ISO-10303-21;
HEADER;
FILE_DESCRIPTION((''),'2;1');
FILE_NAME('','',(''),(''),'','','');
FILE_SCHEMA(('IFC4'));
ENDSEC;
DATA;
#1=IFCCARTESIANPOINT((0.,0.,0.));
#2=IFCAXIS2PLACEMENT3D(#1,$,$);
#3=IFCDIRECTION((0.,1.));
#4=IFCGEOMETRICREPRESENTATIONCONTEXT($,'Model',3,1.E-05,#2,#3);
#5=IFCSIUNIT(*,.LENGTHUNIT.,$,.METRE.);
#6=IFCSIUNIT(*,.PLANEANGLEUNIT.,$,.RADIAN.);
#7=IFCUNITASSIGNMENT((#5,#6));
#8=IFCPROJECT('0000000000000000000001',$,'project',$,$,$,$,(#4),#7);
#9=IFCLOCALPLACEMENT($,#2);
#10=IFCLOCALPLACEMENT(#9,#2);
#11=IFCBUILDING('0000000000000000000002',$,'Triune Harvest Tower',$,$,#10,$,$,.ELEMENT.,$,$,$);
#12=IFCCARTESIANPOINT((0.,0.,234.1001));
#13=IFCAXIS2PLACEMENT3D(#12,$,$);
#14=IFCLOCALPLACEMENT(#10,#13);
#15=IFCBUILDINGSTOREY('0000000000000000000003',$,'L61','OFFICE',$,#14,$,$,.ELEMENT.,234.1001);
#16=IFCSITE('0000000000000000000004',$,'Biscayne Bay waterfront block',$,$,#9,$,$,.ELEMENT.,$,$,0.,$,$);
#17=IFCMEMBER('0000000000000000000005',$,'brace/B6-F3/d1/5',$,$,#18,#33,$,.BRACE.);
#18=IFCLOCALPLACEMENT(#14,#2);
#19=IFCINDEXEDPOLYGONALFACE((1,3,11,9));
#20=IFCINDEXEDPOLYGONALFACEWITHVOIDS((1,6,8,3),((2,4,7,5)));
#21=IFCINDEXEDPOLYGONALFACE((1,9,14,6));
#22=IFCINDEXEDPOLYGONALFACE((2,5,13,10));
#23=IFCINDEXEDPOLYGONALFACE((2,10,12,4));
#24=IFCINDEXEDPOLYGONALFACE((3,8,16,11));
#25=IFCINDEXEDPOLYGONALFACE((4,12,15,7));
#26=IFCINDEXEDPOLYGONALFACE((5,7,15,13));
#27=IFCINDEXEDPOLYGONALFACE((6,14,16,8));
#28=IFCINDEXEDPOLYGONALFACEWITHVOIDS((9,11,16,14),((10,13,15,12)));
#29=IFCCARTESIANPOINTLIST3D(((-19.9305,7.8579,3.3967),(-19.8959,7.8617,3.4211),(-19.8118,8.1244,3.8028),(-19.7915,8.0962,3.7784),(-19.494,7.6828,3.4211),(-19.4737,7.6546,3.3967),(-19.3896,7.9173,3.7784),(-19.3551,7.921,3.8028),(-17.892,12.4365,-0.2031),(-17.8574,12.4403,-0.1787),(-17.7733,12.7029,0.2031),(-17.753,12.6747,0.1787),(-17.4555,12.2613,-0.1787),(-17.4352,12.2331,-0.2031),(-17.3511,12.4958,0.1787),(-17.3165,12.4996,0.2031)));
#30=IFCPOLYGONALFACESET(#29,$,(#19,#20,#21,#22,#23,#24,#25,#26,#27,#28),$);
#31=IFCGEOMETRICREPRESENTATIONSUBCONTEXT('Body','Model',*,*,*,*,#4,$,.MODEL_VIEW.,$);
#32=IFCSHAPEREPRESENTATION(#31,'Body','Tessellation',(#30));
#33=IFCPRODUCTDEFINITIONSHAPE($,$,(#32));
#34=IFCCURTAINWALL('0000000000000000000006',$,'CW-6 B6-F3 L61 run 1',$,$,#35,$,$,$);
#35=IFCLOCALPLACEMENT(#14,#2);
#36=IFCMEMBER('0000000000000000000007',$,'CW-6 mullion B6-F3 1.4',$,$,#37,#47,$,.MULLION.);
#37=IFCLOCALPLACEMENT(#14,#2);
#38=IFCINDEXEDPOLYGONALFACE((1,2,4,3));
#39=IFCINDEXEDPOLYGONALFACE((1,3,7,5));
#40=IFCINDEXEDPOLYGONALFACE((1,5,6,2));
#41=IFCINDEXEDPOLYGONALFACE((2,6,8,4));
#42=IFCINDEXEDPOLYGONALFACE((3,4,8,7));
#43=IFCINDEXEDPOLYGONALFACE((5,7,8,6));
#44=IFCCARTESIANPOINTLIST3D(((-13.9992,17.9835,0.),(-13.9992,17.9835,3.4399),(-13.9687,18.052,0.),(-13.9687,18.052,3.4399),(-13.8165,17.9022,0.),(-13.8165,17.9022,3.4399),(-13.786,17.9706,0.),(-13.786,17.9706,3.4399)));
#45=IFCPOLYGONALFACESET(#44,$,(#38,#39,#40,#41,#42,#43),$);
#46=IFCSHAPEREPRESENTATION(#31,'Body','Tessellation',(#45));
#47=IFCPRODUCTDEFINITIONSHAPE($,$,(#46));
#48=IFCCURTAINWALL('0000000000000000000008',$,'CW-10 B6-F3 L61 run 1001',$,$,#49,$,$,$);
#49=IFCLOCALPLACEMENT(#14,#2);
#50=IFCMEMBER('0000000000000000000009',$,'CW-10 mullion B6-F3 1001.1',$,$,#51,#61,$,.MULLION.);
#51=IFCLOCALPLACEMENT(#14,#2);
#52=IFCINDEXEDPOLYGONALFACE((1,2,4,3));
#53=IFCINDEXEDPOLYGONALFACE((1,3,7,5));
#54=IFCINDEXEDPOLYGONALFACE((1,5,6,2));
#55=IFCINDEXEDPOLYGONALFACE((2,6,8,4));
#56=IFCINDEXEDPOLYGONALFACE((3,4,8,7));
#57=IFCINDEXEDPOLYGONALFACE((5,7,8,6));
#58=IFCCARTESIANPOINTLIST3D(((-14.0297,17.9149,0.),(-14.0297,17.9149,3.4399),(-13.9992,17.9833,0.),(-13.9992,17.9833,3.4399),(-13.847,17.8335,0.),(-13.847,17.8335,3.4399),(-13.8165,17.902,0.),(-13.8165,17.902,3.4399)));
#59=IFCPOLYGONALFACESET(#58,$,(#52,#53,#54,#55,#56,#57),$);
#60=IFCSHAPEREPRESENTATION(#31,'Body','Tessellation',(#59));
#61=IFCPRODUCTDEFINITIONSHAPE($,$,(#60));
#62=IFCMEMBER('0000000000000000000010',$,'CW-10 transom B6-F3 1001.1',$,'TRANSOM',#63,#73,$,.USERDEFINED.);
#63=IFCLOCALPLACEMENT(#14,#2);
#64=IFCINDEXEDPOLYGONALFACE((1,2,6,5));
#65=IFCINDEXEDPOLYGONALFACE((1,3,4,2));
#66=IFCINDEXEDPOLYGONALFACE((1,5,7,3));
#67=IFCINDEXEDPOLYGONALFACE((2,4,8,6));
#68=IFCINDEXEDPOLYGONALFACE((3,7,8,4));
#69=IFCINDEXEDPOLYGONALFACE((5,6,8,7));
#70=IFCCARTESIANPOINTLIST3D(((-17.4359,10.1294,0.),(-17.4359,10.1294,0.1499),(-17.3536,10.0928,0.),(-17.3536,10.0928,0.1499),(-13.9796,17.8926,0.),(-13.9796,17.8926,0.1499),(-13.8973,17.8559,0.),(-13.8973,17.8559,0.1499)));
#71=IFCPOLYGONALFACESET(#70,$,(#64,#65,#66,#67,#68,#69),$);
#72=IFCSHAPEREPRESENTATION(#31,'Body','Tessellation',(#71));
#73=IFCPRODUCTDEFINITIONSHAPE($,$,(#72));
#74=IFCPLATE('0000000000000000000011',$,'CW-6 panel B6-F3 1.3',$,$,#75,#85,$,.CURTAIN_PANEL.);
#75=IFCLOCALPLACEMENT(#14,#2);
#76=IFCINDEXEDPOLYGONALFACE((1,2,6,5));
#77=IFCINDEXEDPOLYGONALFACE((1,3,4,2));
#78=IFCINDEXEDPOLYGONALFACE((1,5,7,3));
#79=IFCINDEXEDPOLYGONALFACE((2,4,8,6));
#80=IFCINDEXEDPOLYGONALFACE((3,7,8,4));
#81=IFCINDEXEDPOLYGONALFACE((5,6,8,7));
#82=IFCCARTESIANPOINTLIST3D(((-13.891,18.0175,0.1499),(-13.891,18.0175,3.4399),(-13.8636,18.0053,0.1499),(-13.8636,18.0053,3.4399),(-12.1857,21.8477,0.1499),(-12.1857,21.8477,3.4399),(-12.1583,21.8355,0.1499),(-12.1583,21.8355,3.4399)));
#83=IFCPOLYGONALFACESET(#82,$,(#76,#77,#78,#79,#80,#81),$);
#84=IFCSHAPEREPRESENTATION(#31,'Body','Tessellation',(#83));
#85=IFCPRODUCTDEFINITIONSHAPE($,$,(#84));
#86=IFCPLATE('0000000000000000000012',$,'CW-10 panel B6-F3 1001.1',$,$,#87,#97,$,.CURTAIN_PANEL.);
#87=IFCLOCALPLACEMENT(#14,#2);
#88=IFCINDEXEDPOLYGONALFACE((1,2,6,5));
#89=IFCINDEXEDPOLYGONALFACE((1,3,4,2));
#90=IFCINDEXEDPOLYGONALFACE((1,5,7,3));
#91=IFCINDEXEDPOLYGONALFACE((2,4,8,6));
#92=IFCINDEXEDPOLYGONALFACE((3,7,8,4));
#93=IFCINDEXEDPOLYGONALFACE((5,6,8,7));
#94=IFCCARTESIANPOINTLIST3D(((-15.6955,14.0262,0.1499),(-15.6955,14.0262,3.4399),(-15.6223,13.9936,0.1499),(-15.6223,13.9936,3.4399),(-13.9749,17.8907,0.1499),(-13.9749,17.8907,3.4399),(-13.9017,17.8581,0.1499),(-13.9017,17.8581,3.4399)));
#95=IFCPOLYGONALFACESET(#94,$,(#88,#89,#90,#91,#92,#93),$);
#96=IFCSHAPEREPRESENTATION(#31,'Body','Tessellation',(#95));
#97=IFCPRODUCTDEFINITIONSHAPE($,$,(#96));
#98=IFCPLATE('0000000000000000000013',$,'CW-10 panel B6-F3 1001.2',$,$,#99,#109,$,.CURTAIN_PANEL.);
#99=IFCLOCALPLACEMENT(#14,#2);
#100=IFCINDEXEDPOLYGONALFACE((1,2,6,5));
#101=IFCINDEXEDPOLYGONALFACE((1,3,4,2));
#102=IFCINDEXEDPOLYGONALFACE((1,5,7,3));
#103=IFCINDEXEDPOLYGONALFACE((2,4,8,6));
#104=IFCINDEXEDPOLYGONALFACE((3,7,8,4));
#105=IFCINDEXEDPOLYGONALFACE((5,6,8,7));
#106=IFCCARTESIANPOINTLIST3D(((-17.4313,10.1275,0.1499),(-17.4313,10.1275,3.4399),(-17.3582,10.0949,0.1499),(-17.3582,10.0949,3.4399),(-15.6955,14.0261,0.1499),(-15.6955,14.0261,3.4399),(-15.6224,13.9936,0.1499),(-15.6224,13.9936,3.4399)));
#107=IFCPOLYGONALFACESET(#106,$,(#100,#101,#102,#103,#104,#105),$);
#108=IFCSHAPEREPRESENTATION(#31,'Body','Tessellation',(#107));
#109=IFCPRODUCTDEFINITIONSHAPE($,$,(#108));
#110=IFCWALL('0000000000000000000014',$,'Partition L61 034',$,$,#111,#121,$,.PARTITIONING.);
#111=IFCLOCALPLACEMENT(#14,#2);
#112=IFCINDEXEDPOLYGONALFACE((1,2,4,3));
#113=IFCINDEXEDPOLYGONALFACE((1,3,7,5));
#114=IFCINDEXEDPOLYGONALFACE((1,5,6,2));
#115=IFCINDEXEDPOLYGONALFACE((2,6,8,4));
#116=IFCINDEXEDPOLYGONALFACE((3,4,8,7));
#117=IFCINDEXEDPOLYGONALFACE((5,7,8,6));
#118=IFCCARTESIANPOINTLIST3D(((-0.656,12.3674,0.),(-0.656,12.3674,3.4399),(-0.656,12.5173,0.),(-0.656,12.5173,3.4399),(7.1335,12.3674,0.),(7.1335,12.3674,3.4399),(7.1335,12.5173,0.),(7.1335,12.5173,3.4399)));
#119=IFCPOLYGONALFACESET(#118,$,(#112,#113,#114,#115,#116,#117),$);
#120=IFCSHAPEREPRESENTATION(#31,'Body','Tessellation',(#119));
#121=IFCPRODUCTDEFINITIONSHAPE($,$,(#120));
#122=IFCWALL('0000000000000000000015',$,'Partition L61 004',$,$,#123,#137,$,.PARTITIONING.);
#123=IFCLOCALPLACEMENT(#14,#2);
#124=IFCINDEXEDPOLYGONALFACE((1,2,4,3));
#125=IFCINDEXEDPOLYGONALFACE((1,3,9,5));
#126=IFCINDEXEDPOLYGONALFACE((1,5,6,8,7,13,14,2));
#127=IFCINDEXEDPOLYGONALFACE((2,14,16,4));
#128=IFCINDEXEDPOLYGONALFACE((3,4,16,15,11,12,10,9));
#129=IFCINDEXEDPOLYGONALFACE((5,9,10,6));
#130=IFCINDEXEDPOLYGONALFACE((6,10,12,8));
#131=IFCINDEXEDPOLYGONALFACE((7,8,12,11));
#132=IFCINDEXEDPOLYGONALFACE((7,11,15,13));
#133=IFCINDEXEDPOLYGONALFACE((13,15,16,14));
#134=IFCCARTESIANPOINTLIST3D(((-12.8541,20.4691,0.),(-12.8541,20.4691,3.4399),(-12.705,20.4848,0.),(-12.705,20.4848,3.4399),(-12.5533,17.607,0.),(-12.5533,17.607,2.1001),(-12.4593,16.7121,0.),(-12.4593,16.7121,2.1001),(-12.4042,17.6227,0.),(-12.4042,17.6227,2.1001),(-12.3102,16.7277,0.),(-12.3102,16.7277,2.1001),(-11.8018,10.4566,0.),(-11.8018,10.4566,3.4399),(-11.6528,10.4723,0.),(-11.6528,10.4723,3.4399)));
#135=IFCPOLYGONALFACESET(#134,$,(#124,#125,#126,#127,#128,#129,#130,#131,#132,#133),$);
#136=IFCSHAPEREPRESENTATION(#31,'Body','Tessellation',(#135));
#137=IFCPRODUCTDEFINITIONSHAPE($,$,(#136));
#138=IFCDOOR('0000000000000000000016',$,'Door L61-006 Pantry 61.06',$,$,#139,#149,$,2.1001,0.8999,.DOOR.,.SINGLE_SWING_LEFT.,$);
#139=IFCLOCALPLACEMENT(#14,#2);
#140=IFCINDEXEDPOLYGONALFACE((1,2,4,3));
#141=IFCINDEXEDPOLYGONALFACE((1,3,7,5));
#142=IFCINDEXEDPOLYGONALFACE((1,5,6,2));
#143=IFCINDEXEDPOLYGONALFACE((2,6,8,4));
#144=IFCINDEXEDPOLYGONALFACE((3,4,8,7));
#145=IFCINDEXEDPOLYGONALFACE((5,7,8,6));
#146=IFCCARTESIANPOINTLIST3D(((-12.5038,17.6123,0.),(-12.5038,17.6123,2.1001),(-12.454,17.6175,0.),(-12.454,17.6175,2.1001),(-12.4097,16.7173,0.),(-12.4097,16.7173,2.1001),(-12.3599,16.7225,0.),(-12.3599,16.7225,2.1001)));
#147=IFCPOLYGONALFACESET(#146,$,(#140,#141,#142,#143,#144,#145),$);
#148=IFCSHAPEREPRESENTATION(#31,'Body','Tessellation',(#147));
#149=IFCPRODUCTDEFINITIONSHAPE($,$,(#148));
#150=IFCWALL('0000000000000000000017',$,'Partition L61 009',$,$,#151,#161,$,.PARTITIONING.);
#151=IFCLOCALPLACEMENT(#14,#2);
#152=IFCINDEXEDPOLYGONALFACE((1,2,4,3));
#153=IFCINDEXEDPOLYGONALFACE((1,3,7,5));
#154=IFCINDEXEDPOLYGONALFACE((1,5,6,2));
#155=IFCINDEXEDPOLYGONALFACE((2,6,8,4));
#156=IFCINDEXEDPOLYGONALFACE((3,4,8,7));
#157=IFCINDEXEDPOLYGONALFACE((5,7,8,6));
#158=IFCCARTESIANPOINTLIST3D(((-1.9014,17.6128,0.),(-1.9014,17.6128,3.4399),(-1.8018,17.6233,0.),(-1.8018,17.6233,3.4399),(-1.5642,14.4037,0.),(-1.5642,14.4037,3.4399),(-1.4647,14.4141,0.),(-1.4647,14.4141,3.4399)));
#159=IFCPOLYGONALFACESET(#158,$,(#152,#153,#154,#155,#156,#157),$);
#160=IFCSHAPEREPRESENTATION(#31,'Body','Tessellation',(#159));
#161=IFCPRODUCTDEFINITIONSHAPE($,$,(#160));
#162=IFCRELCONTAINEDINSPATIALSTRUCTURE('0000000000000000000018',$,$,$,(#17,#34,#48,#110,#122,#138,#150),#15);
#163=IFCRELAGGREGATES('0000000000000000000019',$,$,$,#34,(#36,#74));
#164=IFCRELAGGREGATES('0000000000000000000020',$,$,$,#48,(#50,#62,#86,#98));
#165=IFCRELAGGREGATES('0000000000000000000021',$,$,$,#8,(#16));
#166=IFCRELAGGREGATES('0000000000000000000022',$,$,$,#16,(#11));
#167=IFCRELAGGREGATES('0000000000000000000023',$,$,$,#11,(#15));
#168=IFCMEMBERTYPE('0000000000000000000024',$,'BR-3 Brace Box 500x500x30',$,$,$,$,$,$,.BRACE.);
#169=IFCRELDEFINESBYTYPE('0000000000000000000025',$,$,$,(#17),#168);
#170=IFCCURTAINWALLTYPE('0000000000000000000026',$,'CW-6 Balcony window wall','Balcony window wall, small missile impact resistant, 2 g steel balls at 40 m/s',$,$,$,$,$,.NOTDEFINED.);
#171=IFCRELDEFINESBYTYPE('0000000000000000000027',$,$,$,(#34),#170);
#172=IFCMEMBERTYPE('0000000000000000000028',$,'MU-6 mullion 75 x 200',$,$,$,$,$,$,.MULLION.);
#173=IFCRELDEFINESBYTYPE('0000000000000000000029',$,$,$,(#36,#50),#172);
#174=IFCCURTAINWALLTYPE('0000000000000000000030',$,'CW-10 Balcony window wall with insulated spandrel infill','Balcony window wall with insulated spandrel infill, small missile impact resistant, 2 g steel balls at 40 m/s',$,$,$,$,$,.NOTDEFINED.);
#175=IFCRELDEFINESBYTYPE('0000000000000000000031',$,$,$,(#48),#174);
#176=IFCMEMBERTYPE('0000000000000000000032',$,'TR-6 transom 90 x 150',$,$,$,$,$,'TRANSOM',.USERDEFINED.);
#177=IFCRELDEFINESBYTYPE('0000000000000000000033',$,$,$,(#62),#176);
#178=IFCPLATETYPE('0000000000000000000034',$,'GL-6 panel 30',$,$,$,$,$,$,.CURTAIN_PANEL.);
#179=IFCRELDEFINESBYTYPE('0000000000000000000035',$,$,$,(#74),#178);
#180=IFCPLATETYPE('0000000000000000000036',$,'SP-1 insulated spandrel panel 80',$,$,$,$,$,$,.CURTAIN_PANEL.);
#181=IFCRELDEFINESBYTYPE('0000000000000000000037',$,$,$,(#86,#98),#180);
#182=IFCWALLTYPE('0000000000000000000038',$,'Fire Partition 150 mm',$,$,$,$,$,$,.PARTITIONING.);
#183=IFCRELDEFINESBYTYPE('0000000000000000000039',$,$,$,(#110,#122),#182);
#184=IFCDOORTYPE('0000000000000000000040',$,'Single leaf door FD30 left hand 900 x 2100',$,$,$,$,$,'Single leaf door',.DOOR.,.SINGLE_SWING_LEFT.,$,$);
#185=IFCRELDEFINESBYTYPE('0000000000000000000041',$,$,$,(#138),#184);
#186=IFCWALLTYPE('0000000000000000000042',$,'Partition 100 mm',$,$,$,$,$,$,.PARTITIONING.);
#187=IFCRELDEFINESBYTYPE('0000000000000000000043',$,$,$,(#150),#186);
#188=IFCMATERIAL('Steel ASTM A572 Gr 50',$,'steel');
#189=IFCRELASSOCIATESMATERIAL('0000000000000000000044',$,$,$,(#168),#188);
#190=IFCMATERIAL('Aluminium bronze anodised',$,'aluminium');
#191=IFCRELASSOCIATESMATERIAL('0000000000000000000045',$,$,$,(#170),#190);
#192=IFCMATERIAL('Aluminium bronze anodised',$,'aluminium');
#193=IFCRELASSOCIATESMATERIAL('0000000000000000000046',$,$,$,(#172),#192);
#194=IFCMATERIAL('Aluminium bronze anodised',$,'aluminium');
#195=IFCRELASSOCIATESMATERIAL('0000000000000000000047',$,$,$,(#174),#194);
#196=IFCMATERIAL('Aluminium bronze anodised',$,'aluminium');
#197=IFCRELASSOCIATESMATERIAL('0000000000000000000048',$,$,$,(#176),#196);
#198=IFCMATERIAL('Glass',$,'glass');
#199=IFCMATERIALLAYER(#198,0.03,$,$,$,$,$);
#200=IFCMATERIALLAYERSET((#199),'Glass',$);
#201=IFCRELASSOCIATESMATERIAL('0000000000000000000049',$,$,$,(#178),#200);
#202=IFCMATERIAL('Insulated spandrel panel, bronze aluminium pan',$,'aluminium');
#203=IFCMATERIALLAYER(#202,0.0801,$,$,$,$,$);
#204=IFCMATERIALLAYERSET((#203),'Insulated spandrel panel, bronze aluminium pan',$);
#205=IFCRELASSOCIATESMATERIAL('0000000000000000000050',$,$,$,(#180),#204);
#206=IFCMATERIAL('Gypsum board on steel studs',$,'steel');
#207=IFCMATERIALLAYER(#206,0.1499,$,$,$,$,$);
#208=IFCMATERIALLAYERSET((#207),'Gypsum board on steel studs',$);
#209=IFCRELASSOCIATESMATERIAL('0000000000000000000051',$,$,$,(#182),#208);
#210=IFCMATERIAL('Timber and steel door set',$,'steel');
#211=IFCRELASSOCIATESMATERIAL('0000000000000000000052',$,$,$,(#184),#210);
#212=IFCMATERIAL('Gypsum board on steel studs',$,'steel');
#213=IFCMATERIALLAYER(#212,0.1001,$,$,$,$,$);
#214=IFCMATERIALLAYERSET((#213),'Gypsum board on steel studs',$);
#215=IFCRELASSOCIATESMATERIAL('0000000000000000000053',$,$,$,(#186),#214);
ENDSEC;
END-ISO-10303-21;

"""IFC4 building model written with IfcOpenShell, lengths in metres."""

from ifc_helpers import new_model, si_unit, direction, frame, frame_2d, origin, origin_2d, place, context, subcontext, project, spatial, rectangle, hollow_rectangle, extrude, source, transform, mapped, material, layer, layer_set, material_profile, profile_set, type_object, element, fill, aggregate, save


model = new_model("IFC4")

# Units and contexts
model_context = context("Model", 3, precision=1e-05, world=origin(), true_north=direction((0.0, 1.0)))
body_context = subcontext(model_context, "Body", "Model", "MODEL_VIEW")
ifc_project = project(units=[si_unit("LENGTHUNIT", "METRE"), si_unit("PLANEANGLEUNIT", "RADIAN")], contexts=[model_context])

# Site, building, storey
site_placement = place(None, origin())
site = spatial("IfcSite", under=ifc_project, at=site_placement, Name="Biscayne Bay waterfront block", CompositionType="ELEMENT", RefElevation=0.0)
building_placement = place(site_placement, origin())
building = spatial("IfcBuilding", under=site, at=building_placement, Name="Triune Harvest Tower", CompositionType="ELEMENT")
storey_placement = place(building_placement, frame((0.0, 0.0, 234.1001)))
storey = spatial("IfcBuildingStorey", under=building, at=storey_placement, Name="L61", Description="OFFICE", CompositionType="ELEMENT", Elevation=234.1001)

# Member
ifc_material_1 = material(Name="Steel ASTM A572 Gr 50", Category="steel")
ifc_material_profile_1 = material_profile(ifc_material_1, hollow_rectangle(XDim=0.5, YDim=0.5, WallThickness=0.03, at=origin_2d()), Name="Box 500x500x30")
ifc_profile_set_1 = profile_set([ifc_material_profile_1], Name="Steel ASTM A572 Gr 50")
member_type_1 = type_object("IfcMemberType", Name="BR-3 Brace Box 500x500x30", PredefinedType="BRACE", material=ifc_profile_set_1)
shared_shape_1 = source(origin(), body_context, "Body", "SweptSolid", [
    extrude(hollow_rectangle(XDim=0.5, YDim=0.5, WallThickness=0.03, at=origin_2d()), origin(), (0.0, 0.0, 1.0), 6.1707),
])
member_1_placement = place(storey_placement, frame((-17.6042, 12.468, 0.0), z_axis=(-0.33036, -0.741984, 0.583372), x_axis=(0.913542, -0.406744, 0.0)))
element("IfcMember", 1, at=member_1_placement, inside=storey, type_object=member_type_1, Name="brace/B6-F3/d1/5", PredefinedType="BRACE", context=body_context, shape_type="MappedRepresentation", body=[
    mapped(shared_shape_1, transform((0.0, 0.0, 0.0), scale=1.0)),
])

# Curtain wall, member
ifc_material_2 = material(Name="Aluminium bronze anodised", Category="aluminium")
curtain_wall_type_1 = type_object("IfcCurtainWallType", Name="CW-6 Balcony window wall", Description="Balcony window wall, small missile impact resistant, 2 g steel balls at 40 m/s", PredefinedType="NOTDEFINED", material=ifc_material_2)
curtain_wall_1_placement = place(storey_placement, origin())
curtain_wall_1 = element("IfcCurtainWall", 2, at=curtain_wall_1_placement, inside=storey, type_object=curtain_wall_type_1, Name="CW-6 B6-F3 L61 run 1")
ifc_material_3 = material(Name="Aluminium bronze anodised", Category="aluminium")
ifc_material_profile_2 = material_profile(ifc_material_3, rectangle(XDim=0.2, YDim=0.075, at=origin_2d()), Name="MU-6 mullion 75 x 200")
ifc_profile_set_2 = profile_set([ifc_material_profile_2], Name="Aluminium bronze anodised")
member_type_2 = type_object("IfcMemberType", Name="MU-6 mullion 75 x 200", PredefinedType="MULLION", material=ifc_profile_set_2)
shared_shape_2 = source(origin(), body_context, "Body", "SweptSolid", [
    extrude(rectangle(XDim=0.2, YDim=0.075, at=origin_2d()), origin(), (0.0, 0.0, 1.0), 3.4399),
])
member_2_placement = place(storey_placement, frame((-13.8926, 17.9771, 0.0), z_axis=(0.0, 0.0, 1.0), x_axis=(0.913544, -0.406739, 0.0)))
member_2 = element("IfcMember", 3, at=member_2_placement, type_object=member_type_2, Name="CW-6 mullion B6-F3 1.4", PredefinedType="MULLION", context=body_context, shape_type="MappedRepresentation", body=[
    mapped(shared_shape_2, transform((0.0, 0.0, 0.0), scale=1.0)),
])

# Curtain wall, members
ifc_material_4 = material(Name="Aluminium bronze anodised", Category="aluminium")
curtain_wall_type_2 = type_object("IfcCurtainWallType", Name="CW-10 Balcony window wall with insulated spandrel infill", Description="Balcony window wall with insulated spandrel infill, small missile impact resistant, 2 g steel balls at 40 m/s", PredefinedType="NOTDEFINED", material=ifc_material_4)
curtain_wall_2_placement = place(storey_placement, origin())
curtain_wall_2 = element("IfcCurtainWall", 4, at=curtain_wall_2_placement, inside=storey, type_object=curtain_wall_type_2, Name="CW-10 B6-F3 L61 run 1001")
member_3_placement = place(storey_placement, frame((-13.9231, 17.9084, 0.0), z_axis=(0.0, 0.0, 1.0), x_axis=(0.913545, -0.406737, 0.0)))
member_3 = element("IfcMember", 5, at=member_3_placement, type_object=member_type_2, Name="CW-10 mullion B6-F3 1001.1", PredefinedType="MULLION", context=body_context, shape_type="MappedRepresentation", body=[
    mapped(shared_shape_2, transform((0.0, 0.0, 0.0), scale=1.0)),
])
ifc_material_5 = material(Name="Aluminium bronze anodised", Category="aluminium")
ifc_material_profile_3 = material_profile(ifc_material_5, rectangle(XDim=0.0901, YDim=0.1499, at=origin_2d()), Name="TR-6 transom 90 x 150")
ifc_profile_set_3 = profile_set([ifc_material_profile_3], Name="Aluminium bronze anodised")
member_type_3 = type_object("IfcMemberType", Name="TR-6 transom 90 x 150", ElementType="TRANSOM", PredefinedType="USERDEFINED", material=ifc_profile_set_3)
shared_shape_3 = source(origin(), body_context, "Body", "SweptSolid", [
    extrude(rectangle(XDim=0.0901, YDim=0.1499, at=origin_2d()), origin(), (0.0, 0.0, 1.0), 8.4978),
])
member_4_placement = place(storey_placement, frame((-13.9385, 17.8743, 0.075), z_axis=(-0.406727, -0.91355, 0.0), x_axis=(0.91355, -0.406727, 0.0)))
member_4 = element("IfcMember", 6, at=member_4_placement, type_object=member_type_3, Name="CW-10 transom B6-F3 1001.1", ObjectType="TRANSOM", PredefinedType="USERDEFINED", context=body_context, shape_type="MappedRepresentation", body=[
    mapped(shared_shape_3, transform((0.0, 0.0, 0.0), scale=1.0)),
])

# Plates
ifc_material_6 = material(Name="Glass", Category="glass")
ifc_layer_1 = layer(ifc_material_6, 0.03)
ifc_layer_set_1 = layer_set([ifc_layer_1], Name="Glass")
plate_type_1 = type_object("IfcPlateType", Name="GL-6 panel 30", PredefinedType="CURTAIN_PANEL", material=ifc_layer_set_1)
plate_1_placement = place(storey_placement, frame((-13.0247, 19.9265, 0.1499), z_axis=(0.0, 0.0, 1.0), x_axis=(-0.406739, -0.913544, 0.0)))
plate_1 = element("IfcPlate", 7, at=plate_1_placement, type_object=plate_type_1, Name="CW-6 panel B6-F3 1.3", PredefinedType="CURTAIN_PANEL", context=body_context, shape_type="SweptSolid", body=[
    extrude(rectangle(XDim=4.1926, YDim=0.03, at=origin_2d()), origin(), (0.0, 0.0, 1.0), 3.29),
])
aggregate(curtain_wall_1, [member_2, plate_1])
ifc_material_7 = material(Name="Insulated spandrel panel, bronze aluminium pan", Category="aluminium")
ifc_layer_2 = layer(ifc_material_7, 0.0801)
ifc_layer_set_2 = layer_set([ifc_layer_2], Name="Insulated spandrel panel, bronze aluminium pan")
plate_type_2 = type_object("IfcPlateType", Name="SP-1 insulated spandrel panel 80", PredefinedType="CURTAIN_PANEL", material=ifc_layer_set_2)
shared_shape_4 = source(origin(), body_context, "Body", "SweptSolid", [
    extrude(rectangle(XDim=4.2302, YDim=0.0801, at=origin_2d()), origin(), (0.0, 0.0, 1.0), 3.29),
])
plate_2_placement = place(storey_placement, frame((-14.7986, 15.9421, 0.1499), z_axis=(0.0, 0.0, 1.0), x_axis=(-0.406737, -0.913545, 0.0)))
plate_2 = element("IfcPlate", 8, at=plate_2_placement, type_object=plate_type_2, Name="CW-10 panel B6-F3 1001.1", PredefinedType="CURTAIN_PANEL", context=body_context, shape_type="MappedRepresentation", body=[
    mapped(shared_shape_4, transform((0.0, 0.0, 0.0), scale=1.0)),
])
shared_shape_5 = source(origin(), body_context, "Body", "SweptSolid", [
    extrude(rectangle(XDim=4.2676, YDim=0.0801, at=origin_2d()), origin(), (0.0, 0.0, 1.0), 3.29),
])
plate_3_placement = place(storey_placement, frame((-16.5269, 12.0605, 0.1499), z_axis=(0.0, 0.0, 1.0), x_axis=(-0.406737, -0.913545, 0.0)))
plate_3 = element("IfcPlate", 9, at=plate_3_placement, type_object=plate_type_2, Name="CW-10 panel B6-F3 1001.2", PredefinedType="CURTAIN_PANEL", context=body_context, shape_type="MappedRepresentation", body=[
    mapped(shared_shape_5, transform((0.0, 0.0, 0.0), scale=1.0)),
])
aggregate(curtain_wall_2, [member_3, member_4, plate_2, plate_3])

# Wall
ifc_material_8 = material(Name="Gypsum board on steel studs", Category="steel")
ifc_layer_3 = layer(ifc_material_8, 0.1499)
ifc_layer_set_3 = layer_set([ifc_layer_3], Name="Gypsum board on steel studs")
wall_type_1 = type_object("IfcWallType", Name="Fire Partition 150 mm", PredefinedType="PARTITIONING", material=ifc_layer_set_3)
wall_1_placement = place(storey_placement, frame((-0.656, 12.4424, 0.0), z_axis=(0.0, 0.0, 1.0), x_axis=(1.0, 0.0, 0.0)))
element("IfcWall", 10, at=wall_1_placement, inside=storey, type_object=wall_type_1, Name="Partition L61 034", PredefinedType="PARTITIONING", context=body_context, shape_type="SweptSolid", body=[
    extrude(rectangle(XDim=7.7896, YDim=0.1499, at=frame_2d((3.8948, 0.0))), origin(), (0.0, 0.0, 1.0), 3.4399),
])

# Wall, opening, door
shared_shape_6 = source(origin(), body_context, "Body", "SweptSolid", [
    extrude(rectangle(XDim=10.0676, YDim=0.1499, at=frame_2d((5.0337, 0.0))), origin(), (0.0, 0.0, 1.0), 3.4399),
])
wall_2_placement = place(storey_placement, frame((-12.7795, 20.4768, 0.0), z_axis=(0.0, 0.0, 1.0), x_axis=(0.104518, -0.994523, 0.0)))
wall_2 = element("IfcWall", 11, at=wall_2_placement, inside=storey, type_object=wall_type_1, Name="Partition L61 004", PredefinedType="PARTITIONING", context=body_context, shape_type="MappedRepresentation", body=[
    mapped(shared_shape_6, transform((0.0, 0.0, 0.0), scale=1.0)),
])
opening_1_placement = place(wall_2_placement, frame((2.8777, 0.0, 0.0)))
opening_1 = element("IfcOpeningElement", 12, at=opening_1_placement, cuts=wall_2, PredefinedType="OPENING", context=body_context, shape_type="SweptSolid", body=[
    extrude(rectangle(XDim=0.8999, YDim=2.1001, at=frame_2d((0.45, 1.05))), frame((0.0, 0.085, 0.0), z_axis=(0.0, -1.0, 0.0), x_axis=(1.0, 0.0, 0.0)), (0.0, 0.0, 1.0), 0.1699),
])
ifc_material_9 = material(Name="Timber and steel door set", Category="steel")
door_type_1 = type_object("IfcDoorType", Name="Single leaf door FD30 left hand 900 x 2100", ElementType="Single leaf door", OperationType="SINGLE_SWING_LEFT", PredefinedType="DOOR", material=ifc_material_9)
door_1_placement = place(opening_1_placement, origin())
door_1 = element("IfcDoor", 13, at=door_1_placement, inside=storey, type_object=door_type_1, Name="Door L61-006 Pantry 61.06", OperationType="SINGLE_SWING_LEFT", OverallHeight=2.1001, OverallWidth=0.8999, PredefinedType="DOOR", context=body_context, shape_type="SweptSolid", body=[
    extrude(rectangle(XDim=0.8999, YDim=2.1001, at=frame_2d((0.45, 1.05))), frame((0.0, 0.0249, 0.0), z_axis=(0.0, -1.0, 0.0), x_axis=(1.0, 0.0, 0.0)), (0.0, 0.0, 1.0), 0.05),
])
fill(opening_1, door_1)

# Wall
ifc_material_10 = material(Name="Gypsum board on steel studs", Category="steel")
ifc_layer_4 = layer(ifc_material_10, 0.1001)
ifc_layer_set_4 = layer_set([ifc_layer_4], Name="Gypsum board on steel studs")
wall_type_2 = type_object("IfcWallType", Name="Partition 100 mm", PredefinedType="PARTITIONING", material=ifc_layer_set_4)
shared_shape_7 = source(origin(), body_context, "Body", "SweptSolid", [
    extrude(rectangle(XDim=3.2268, YDim=0.1001, at=frame_2d((1.6133, 0.0))), origin(), (0.0, 0.0, 1.0), 3.4399),
])
wall_3_placement = place(storey_placement, frame((-1.8516, 17.6179, 0.0), z_axis=(0.0, 0.0, 1.0), x_axis=(0.104484, -0.994527, 0.0)))
element("IfcWall", 14, at=wall_3_placement, inside=storey, type_object=wall_type_2, Name="Partition L61 009", PredefinedType="PARTITIONING", context=body_context, shape_type="MappedRepresentation", body=[
    mapped(shared_shape_7, transform((0.0, 0.0, 0.0), scale=1.0)),
])

save(model, "model.ifc")
